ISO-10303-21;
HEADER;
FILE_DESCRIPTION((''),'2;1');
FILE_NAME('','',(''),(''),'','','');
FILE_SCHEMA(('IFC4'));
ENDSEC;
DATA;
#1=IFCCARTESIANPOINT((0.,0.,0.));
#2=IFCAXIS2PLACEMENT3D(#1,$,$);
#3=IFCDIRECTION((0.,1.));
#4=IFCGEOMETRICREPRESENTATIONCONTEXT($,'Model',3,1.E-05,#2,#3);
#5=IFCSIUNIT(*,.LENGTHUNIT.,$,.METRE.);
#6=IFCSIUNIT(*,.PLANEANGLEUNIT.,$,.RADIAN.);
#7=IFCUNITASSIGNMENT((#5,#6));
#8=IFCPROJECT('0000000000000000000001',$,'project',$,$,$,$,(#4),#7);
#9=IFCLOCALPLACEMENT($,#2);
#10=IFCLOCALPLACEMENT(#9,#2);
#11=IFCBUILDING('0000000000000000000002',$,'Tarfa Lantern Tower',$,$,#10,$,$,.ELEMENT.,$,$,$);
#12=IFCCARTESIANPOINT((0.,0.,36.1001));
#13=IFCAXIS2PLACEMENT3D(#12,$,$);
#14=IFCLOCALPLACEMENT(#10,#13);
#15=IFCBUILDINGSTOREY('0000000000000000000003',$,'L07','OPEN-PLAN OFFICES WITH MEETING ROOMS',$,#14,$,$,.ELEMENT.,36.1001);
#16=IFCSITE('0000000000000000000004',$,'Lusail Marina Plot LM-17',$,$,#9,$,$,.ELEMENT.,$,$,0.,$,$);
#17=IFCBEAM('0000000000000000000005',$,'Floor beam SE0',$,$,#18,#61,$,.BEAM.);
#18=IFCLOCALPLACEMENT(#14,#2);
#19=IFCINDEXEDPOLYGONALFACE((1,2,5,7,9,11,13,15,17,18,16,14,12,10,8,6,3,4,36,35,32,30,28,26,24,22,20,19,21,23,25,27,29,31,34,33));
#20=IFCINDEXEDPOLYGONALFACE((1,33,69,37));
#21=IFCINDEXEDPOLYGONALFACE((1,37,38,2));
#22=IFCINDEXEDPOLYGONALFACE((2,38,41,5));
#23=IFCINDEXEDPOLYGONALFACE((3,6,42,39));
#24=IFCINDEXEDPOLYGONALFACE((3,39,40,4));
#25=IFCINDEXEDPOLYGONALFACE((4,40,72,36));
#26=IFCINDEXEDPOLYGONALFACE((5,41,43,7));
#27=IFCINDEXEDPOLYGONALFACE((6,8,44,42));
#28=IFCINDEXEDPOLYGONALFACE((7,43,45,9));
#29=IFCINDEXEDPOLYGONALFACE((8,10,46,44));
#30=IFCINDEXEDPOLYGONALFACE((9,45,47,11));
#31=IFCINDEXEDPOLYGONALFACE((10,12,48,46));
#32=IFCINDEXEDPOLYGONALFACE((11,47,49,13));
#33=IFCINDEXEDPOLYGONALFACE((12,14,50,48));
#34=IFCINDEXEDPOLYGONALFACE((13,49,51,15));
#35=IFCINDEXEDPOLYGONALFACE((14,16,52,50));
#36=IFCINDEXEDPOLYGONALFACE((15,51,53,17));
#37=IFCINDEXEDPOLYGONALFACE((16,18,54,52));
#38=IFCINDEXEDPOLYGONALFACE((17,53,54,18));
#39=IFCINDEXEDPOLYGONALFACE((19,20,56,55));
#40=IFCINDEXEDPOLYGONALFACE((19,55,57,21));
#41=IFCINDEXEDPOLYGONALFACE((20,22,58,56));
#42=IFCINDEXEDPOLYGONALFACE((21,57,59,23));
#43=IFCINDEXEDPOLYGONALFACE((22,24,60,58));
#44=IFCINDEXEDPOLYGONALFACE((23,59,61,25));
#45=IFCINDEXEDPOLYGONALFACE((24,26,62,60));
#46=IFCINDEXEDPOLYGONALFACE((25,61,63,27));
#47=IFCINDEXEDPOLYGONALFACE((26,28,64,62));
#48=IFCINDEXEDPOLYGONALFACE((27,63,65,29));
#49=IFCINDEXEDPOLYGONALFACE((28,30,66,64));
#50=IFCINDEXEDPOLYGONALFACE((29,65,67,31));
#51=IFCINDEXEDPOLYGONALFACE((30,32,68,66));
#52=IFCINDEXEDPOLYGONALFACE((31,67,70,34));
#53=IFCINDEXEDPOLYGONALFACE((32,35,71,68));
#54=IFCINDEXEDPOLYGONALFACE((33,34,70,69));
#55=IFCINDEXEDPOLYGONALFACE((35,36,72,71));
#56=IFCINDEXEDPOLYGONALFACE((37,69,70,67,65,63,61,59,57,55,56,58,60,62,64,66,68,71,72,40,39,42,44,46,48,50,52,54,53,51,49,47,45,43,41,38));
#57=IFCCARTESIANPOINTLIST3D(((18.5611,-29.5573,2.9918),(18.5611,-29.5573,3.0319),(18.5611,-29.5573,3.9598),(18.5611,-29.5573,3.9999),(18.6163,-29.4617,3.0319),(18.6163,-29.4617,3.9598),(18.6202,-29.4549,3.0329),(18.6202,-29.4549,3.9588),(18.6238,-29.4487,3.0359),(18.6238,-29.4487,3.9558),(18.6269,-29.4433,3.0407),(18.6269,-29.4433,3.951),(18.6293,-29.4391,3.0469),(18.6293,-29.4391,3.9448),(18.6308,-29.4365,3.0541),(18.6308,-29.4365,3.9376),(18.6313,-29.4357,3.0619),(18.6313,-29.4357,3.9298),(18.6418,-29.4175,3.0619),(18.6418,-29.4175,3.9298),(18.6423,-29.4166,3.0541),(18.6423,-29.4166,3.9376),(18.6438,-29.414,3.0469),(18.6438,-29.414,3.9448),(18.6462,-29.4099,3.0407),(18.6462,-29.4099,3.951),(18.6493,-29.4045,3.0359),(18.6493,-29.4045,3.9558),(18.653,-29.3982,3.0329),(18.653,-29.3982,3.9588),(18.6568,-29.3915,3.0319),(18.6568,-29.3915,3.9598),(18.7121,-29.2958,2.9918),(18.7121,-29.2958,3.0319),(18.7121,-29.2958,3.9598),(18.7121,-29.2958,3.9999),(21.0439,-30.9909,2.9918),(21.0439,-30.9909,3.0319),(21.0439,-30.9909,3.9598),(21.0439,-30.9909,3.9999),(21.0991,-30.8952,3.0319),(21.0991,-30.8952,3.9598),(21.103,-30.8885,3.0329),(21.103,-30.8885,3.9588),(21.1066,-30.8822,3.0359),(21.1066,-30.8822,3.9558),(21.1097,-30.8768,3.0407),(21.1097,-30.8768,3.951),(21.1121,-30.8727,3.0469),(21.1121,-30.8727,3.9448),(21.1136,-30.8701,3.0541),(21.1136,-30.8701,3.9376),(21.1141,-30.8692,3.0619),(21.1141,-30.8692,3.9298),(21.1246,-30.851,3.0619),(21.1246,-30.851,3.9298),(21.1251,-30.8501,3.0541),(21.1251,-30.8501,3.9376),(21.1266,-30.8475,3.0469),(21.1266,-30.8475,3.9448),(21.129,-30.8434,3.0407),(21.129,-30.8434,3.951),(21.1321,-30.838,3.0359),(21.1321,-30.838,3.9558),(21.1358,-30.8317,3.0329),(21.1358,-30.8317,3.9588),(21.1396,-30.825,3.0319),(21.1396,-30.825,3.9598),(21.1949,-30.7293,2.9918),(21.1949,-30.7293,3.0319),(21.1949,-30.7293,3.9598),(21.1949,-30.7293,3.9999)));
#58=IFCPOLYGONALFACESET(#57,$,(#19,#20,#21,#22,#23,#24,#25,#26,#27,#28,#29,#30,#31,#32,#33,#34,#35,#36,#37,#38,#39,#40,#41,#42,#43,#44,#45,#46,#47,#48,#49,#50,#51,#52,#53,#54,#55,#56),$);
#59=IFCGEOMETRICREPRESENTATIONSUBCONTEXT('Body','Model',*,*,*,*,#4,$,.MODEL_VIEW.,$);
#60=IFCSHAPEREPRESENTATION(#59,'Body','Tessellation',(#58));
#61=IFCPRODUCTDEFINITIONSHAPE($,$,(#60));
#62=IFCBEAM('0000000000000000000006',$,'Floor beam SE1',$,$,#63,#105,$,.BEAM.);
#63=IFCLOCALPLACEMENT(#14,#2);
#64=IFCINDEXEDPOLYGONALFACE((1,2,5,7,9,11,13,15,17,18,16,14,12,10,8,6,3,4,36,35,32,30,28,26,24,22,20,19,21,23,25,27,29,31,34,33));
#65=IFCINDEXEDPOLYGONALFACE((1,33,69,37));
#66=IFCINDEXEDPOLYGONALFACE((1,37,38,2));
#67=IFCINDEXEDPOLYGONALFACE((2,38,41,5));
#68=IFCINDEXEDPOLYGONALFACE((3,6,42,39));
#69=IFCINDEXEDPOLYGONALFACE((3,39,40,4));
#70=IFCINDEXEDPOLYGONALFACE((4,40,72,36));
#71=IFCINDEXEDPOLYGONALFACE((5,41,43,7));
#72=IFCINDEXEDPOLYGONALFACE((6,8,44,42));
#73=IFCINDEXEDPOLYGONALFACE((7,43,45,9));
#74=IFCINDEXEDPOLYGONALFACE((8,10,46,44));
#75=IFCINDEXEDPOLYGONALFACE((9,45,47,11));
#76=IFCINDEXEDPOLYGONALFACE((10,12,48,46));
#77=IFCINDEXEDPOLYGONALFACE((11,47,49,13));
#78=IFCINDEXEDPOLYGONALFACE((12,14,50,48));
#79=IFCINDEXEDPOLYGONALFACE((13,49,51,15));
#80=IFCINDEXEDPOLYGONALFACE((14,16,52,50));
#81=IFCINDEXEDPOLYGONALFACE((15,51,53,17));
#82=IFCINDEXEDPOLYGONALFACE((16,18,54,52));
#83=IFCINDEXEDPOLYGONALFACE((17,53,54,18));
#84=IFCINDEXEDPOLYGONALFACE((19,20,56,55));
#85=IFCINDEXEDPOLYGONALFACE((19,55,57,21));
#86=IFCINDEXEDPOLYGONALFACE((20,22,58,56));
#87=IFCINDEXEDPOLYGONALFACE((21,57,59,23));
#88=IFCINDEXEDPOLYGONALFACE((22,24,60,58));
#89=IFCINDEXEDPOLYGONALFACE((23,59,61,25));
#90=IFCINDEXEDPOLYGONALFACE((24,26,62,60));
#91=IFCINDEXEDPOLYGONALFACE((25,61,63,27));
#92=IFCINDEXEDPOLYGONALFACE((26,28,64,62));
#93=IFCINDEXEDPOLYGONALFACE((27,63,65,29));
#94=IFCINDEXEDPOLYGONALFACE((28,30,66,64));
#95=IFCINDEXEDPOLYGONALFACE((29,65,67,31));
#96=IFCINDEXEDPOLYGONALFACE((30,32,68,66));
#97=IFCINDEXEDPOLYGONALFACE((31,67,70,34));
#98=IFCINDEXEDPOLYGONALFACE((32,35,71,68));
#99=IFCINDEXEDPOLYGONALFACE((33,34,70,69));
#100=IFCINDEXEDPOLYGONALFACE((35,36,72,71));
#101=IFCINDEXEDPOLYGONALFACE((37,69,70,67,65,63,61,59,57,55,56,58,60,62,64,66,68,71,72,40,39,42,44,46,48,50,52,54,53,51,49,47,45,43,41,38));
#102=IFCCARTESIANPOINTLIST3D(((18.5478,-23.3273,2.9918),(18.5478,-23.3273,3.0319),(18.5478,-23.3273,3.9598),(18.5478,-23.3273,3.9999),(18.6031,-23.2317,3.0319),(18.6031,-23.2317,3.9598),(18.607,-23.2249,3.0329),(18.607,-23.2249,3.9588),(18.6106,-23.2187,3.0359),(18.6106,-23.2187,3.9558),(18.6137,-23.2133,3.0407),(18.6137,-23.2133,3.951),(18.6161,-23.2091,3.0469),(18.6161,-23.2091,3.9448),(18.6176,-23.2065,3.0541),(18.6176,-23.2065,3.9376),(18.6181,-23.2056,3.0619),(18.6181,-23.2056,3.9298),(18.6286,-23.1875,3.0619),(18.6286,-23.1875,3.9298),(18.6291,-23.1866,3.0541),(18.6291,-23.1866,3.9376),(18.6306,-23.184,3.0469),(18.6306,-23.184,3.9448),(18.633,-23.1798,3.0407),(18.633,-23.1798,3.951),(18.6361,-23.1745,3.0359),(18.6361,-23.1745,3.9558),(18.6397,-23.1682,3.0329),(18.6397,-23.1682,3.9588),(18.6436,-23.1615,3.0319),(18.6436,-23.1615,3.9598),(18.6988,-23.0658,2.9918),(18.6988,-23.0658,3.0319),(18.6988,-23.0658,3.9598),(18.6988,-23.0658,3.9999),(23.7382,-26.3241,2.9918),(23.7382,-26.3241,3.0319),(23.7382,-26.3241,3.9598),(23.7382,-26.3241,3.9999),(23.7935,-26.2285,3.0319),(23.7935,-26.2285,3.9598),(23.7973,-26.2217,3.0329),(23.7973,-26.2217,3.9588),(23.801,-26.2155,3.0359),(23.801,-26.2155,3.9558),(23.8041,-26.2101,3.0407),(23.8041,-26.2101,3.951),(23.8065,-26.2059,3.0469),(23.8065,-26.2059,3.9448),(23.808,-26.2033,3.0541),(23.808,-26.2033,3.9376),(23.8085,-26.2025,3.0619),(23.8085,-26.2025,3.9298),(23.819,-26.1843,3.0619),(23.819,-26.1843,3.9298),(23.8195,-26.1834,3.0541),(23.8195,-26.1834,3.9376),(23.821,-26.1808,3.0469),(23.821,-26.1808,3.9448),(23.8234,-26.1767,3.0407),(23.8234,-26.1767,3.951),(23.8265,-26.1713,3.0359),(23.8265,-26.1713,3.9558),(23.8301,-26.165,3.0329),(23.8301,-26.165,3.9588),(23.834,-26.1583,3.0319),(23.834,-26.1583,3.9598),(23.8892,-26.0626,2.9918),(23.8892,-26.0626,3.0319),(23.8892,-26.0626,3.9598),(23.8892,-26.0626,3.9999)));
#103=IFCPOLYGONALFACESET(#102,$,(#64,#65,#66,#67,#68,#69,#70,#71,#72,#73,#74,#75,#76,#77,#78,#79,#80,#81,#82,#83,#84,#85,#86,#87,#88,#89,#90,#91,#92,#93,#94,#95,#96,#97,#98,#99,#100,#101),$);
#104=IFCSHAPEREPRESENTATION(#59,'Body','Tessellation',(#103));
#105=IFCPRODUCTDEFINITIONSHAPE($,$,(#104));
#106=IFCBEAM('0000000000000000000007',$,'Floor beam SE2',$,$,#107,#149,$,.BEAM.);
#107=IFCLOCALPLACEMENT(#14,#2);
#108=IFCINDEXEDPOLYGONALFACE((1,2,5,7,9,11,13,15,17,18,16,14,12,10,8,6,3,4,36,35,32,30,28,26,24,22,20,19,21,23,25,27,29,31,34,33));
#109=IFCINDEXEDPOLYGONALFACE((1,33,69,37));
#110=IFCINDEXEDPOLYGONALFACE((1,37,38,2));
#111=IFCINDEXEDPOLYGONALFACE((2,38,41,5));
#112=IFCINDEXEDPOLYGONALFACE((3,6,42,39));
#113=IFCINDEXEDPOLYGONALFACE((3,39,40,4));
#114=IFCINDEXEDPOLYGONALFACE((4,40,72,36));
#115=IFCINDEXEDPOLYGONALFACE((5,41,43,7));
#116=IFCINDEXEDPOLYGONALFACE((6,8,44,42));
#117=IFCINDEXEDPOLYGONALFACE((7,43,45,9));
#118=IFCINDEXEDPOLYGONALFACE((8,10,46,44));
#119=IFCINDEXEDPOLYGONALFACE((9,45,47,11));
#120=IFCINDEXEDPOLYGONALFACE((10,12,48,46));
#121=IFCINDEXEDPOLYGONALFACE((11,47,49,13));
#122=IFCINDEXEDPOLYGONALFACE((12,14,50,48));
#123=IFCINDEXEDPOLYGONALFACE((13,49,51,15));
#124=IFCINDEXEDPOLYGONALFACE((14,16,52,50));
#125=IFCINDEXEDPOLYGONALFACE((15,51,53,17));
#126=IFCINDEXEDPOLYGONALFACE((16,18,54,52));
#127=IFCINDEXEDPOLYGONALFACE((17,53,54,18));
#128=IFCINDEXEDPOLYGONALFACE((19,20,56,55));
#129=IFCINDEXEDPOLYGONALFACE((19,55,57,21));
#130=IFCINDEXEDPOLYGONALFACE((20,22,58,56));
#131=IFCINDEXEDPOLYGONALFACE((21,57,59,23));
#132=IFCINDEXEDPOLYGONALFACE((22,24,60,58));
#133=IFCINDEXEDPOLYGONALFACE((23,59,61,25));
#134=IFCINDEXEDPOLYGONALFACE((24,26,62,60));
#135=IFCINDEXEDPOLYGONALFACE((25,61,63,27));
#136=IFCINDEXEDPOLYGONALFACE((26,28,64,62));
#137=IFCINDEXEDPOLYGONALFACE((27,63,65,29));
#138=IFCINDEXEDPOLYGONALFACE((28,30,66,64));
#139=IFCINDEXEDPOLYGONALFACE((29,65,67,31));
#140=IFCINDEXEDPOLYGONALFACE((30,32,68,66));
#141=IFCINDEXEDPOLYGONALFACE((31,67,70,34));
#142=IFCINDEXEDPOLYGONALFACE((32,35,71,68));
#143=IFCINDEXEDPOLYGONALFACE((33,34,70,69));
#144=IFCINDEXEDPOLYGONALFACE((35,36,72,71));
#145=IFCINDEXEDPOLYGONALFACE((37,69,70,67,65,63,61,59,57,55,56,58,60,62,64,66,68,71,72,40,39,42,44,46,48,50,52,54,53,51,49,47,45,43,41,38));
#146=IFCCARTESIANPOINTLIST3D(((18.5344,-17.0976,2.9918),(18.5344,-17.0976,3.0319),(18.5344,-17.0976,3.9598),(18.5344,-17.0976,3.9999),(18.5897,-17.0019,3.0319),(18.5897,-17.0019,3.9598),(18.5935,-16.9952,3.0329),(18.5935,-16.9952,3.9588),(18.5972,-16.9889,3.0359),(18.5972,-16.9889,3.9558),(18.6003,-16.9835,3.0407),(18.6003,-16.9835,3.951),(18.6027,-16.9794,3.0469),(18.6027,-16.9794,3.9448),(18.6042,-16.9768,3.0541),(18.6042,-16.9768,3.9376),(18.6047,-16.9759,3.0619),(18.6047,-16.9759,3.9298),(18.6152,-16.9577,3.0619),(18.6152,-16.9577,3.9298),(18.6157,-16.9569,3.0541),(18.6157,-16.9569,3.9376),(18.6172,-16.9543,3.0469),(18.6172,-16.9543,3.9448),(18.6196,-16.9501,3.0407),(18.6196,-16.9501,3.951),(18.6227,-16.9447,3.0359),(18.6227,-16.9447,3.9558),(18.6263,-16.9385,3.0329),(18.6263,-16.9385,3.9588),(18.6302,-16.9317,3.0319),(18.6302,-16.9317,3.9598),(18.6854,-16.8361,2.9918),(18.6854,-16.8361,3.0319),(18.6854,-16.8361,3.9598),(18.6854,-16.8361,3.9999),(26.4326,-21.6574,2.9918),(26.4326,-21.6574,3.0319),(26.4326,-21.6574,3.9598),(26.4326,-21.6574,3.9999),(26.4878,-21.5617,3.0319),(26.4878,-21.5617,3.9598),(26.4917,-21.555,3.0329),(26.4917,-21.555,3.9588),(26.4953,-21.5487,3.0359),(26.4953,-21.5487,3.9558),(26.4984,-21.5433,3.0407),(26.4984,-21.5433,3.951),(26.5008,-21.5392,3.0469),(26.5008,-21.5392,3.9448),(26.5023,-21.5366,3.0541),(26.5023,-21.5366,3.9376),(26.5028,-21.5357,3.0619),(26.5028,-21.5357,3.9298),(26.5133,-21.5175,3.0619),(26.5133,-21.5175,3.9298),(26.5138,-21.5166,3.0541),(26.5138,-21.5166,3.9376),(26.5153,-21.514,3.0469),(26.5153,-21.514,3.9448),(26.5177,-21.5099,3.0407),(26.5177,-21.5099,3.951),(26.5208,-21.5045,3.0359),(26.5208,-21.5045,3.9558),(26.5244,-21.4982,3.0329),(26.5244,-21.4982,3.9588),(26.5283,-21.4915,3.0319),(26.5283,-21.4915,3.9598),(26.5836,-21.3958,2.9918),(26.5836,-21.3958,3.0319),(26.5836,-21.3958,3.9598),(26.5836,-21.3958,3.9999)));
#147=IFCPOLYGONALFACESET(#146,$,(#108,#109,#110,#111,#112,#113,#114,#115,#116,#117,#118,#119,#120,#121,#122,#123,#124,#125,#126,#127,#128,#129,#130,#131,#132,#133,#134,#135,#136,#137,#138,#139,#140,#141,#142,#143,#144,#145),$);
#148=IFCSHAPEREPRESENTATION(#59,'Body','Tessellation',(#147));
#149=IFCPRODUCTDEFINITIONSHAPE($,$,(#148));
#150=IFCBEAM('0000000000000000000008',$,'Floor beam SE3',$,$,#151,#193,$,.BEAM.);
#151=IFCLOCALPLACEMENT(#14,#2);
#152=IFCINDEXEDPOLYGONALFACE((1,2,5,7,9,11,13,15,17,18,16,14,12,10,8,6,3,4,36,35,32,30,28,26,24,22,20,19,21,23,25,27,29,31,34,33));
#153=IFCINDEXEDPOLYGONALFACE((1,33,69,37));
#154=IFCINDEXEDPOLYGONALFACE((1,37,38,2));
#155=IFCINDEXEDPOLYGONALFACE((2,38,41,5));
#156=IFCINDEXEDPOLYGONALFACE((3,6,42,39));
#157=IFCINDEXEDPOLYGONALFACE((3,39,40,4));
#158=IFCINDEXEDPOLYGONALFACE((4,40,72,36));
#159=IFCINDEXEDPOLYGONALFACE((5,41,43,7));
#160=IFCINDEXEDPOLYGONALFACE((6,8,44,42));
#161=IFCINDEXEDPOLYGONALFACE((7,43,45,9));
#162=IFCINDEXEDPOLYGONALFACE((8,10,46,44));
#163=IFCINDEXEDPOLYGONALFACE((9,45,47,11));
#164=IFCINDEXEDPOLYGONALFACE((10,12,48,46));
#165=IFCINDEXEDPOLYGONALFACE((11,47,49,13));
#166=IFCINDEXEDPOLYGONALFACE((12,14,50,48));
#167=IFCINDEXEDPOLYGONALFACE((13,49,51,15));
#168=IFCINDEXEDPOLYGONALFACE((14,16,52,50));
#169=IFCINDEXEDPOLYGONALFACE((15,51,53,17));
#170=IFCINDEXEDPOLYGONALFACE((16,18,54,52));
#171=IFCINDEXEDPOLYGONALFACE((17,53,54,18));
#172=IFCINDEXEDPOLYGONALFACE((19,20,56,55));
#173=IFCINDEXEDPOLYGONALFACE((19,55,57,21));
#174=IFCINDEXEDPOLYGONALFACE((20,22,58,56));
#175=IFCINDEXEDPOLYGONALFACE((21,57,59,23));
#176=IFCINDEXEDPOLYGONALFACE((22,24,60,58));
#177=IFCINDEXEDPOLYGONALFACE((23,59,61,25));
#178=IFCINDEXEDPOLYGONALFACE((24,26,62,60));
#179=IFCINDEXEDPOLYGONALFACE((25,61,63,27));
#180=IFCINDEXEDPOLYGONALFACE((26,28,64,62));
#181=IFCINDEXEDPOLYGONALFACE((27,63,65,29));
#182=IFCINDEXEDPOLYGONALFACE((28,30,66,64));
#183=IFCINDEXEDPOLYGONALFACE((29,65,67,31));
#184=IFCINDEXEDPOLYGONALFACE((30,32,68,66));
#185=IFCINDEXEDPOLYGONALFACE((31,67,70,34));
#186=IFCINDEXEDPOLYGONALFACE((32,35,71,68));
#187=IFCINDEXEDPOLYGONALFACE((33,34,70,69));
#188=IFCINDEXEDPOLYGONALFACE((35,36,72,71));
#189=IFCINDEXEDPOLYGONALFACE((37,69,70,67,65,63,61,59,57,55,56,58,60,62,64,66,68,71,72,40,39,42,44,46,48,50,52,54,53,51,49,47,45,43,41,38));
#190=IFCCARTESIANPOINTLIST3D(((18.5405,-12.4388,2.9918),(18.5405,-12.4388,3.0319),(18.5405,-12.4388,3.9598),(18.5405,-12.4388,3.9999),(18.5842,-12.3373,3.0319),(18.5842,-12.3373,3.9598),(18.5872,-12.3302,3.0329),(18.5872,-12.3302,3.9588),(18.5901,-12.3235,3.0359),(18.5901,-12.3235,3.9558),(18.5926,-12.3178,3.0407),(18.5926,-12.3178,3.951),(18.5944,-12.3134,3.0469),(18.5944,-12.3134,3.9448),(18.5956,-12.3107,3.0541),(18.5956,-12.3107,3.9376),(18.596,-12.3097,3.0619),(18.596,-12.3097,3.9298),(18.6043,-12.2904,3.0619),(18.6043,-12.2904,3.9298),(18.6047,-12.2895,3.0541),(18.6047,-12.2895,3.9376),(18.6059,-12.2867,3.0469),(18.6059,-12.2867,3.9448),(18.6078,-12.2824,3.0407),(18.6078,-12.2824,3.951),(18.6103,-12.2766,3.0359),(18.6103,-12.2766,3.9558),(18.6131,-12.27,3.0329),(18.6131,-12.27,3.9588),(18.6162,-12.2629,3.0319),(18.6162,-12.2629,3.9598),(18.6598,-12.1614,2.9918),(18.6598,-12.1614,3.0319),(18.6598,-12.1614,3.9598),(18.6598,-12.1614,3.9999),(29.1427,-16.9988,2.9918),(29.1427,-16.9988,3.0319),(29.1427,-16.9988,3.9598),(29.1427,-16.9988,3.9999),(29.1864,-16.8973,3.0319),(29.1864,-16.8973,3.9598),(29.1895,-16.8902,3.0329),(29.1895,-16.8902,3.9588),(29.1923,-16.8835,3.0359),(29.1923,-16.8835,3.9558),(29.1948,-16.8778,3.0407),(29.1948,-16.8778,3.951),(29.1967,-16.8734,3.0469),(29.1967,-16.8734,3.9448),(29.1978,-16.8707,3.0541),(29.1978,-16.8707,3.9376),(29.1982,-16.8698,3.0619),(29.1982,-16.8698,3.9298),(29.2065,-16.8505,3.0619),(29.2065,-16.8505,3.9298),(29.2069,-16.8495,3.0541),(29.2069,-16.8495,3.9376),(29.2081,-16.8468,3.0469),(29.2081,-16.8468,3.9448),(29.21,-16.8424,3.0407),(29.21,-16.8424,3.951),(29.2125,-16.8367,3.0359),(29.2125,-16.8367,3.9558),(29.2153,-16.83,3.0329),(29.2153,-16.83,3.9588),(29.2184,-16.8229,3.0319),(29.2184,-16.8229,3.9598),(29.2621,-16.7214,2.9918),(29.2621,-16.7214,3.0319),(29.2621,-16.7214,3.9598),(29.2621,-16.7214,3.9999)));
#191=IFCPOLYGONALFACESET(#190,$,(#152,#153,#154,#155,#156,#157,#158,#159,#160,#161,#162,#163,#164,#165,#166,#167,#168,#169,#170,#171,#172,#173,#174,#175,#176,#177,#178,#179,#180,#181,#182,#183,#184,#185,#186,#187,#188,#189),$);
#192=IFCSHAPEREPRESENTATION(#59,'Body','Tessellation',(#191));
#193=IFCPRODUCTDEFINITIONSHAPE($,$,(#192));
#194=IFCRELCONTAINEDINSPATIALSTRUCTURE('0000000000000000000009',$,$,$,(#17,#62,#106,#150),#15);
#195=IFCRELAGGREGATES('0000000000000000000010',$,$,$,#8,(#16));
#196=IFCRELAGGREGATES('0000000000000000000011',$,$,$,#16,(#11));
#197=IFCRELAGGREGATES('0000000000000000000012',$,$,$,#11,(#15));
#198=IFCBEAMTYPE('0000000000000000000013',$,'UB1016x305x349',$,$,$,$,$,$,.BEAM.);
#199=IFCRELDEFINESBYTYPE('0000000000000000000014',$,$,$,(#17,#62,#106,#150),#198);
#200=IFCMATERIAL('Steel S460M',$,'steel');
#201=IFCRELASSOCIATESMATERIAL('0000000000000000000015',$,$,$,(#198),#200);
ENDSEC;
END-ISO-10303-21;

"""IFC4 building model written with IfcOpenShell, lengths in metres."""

from ifc_helpers import new_model, si_unit, direction, frame, origin, origin_2d, place, context, subcontext, project, spatial, i_section, extrude, material, material_profile, profile_set, type_object, element, save


model = new_model("IFC4")

# Units and contexts
model_context = context("Model", 3, precision=1e-05, world=origin(), true_north=direction((0.0, 1.0)))
body_context = subcontext(model_context, "Body", "Model", "MODEL_VIEW")
ifc_project = project(units=[si_unit("LENGTHUNIT", "METRE"), si_unit("PLANEANGLEUNIT", "RADIAN")], contexts=[model_context])

# Site, building, storey
site_placement = place(None, origin())
site = spatial("IfcSite", under=ifc_project, at=site_placement, Name="Lusail Marina Plot LM-17", CompositionType="ELEMENT", RefElevation=0.0)
building_placement = place(site_placement, origin())
building = spatial("IfcBuilding", under=site, at=building_placement, Name="Tarfa Lantern Tower", CompositionType="ELEMENT")
storey_placement = place(building_placement, frame((0.0, 0.0, 36.1001)))
storey = spatial("IfcBuildingStorey", under=building, at=storey_placement, Name="L07", Description="OPEN-PLAN OFFICES WITH MEETING ROOMS", CompositionType="ELEMENT", Elevation=36.1001)

# Beams
ifc_material_1 = material(Name="Steel S460M", Category="steel")
ifc_material_profile_1 = material_profile(ifc_material_1, i_section(OverallWidth=0.302, OverallDepth=1.0081, WebThickness=0.021, FlangeThickness=0.04, FilletRadius=0.03, at=origin_2d()), Name="UB1016x305x349")
ifc_profile_set_1 = profile_set([ifc_material_profile_1], Name="Steel S460M")
beam_type_1 = type_object("IfcBeamType", Name="UB1016x305x349", PredefinedType="BEAM", material=ifc_profile_set_1)
beam_1_placement = place(storey_placement, frame((21.1194, -30.8601, 3.4958), z_axis=(-0.866013, 0.500022, 0.0), x_axis=(-0.500022, -0.866013, 0.0)))
element("IfcBeam", 1, at=beam_1_placement, inside=storey, type_object=beam_type_1, Name="Floor beam SE0", PredefinedType="BEAM", context=body_context, shape_type="SweptSolid", body=[
    extrude(i_section(OverallWidth=0.302, OverallDepth=1.0081, WebThickness=0.021, FlangeThickness=0.04, FilletRadius=0.03, at=origin_2d()), origin(), (0.0, 0.0, 1.0), 2.8669),
])
beam_2_placement = place(storey_placement, frame((23.8137, -26.1934, 3.4958), z_axis=(-0.866016, 0.500016, 0.0), x_axis=(-0.500016, -0.866016, 0.0)))
element("IfcBeam", 2, at=beam_2_placement, inside=storey, type_object=beam_type_1, Name="Floor beam SE1", PredefinedType="BEAM", context=body_context, shape_type="SweptSolid", body=[
    extrude(i_section(OverallWidth=0.302, OverallDepth=1.0081, WebThickness=0.021, FlangeThickness=0.04, FilletRadius=0.03, at=origin_2d()), origin(), (0.0, 0.0, 1.0), 5.9934),
])
beam_3_placement = place(storey_placement, frame((26.5081, -21.5266, 3.4958), z_axis=(-0.866035, 0.499983, 0.0), x_axis=(-0.499983, -0.866035, 0.0)))
element("IfcBeam", 3, at=beam_3_placement, inside=storey, type_object=beam_type_1, Name="Floor beam SE2", PredefinedType="BEAM", context=body_context, shape_type="SweptSolid", body=[
    extrude(i_section(OverallWidth=0.302, OverallDepth=1.0081, WebThickness=0.021, FlangeThickness=0.04, FilletRadius=0.03, at=origin_2d()), origin(), (0.0, 0.0, 1.0), 9.1199),
])
beam_4_placement = place(storey_placement, frame((29.2024, -16.8601, 3.4958), z_axis=(-0.918635, 0.395106, 0.0), x_axis=(-0.395106, -0.918635, 0.0)))
element("IfcBeam", 4, at=beam_4_placement, inside=storey, type_object=beam_type_1, Name="Floor beam SE3", PredefinedType="BEAM", context=body_context, shape_type="SweptSolid", body=[
    extrude(i_section(OverallWidth=0.302, OverallDepth=1.0081, WebThickness=0.021, FlangeThickness=0.04, FilletRadius=0.03, at=origin_2d()), origin(), (0.0, 0.0, 1.0), 11.5413),
])

save(model, "model.ifc")
